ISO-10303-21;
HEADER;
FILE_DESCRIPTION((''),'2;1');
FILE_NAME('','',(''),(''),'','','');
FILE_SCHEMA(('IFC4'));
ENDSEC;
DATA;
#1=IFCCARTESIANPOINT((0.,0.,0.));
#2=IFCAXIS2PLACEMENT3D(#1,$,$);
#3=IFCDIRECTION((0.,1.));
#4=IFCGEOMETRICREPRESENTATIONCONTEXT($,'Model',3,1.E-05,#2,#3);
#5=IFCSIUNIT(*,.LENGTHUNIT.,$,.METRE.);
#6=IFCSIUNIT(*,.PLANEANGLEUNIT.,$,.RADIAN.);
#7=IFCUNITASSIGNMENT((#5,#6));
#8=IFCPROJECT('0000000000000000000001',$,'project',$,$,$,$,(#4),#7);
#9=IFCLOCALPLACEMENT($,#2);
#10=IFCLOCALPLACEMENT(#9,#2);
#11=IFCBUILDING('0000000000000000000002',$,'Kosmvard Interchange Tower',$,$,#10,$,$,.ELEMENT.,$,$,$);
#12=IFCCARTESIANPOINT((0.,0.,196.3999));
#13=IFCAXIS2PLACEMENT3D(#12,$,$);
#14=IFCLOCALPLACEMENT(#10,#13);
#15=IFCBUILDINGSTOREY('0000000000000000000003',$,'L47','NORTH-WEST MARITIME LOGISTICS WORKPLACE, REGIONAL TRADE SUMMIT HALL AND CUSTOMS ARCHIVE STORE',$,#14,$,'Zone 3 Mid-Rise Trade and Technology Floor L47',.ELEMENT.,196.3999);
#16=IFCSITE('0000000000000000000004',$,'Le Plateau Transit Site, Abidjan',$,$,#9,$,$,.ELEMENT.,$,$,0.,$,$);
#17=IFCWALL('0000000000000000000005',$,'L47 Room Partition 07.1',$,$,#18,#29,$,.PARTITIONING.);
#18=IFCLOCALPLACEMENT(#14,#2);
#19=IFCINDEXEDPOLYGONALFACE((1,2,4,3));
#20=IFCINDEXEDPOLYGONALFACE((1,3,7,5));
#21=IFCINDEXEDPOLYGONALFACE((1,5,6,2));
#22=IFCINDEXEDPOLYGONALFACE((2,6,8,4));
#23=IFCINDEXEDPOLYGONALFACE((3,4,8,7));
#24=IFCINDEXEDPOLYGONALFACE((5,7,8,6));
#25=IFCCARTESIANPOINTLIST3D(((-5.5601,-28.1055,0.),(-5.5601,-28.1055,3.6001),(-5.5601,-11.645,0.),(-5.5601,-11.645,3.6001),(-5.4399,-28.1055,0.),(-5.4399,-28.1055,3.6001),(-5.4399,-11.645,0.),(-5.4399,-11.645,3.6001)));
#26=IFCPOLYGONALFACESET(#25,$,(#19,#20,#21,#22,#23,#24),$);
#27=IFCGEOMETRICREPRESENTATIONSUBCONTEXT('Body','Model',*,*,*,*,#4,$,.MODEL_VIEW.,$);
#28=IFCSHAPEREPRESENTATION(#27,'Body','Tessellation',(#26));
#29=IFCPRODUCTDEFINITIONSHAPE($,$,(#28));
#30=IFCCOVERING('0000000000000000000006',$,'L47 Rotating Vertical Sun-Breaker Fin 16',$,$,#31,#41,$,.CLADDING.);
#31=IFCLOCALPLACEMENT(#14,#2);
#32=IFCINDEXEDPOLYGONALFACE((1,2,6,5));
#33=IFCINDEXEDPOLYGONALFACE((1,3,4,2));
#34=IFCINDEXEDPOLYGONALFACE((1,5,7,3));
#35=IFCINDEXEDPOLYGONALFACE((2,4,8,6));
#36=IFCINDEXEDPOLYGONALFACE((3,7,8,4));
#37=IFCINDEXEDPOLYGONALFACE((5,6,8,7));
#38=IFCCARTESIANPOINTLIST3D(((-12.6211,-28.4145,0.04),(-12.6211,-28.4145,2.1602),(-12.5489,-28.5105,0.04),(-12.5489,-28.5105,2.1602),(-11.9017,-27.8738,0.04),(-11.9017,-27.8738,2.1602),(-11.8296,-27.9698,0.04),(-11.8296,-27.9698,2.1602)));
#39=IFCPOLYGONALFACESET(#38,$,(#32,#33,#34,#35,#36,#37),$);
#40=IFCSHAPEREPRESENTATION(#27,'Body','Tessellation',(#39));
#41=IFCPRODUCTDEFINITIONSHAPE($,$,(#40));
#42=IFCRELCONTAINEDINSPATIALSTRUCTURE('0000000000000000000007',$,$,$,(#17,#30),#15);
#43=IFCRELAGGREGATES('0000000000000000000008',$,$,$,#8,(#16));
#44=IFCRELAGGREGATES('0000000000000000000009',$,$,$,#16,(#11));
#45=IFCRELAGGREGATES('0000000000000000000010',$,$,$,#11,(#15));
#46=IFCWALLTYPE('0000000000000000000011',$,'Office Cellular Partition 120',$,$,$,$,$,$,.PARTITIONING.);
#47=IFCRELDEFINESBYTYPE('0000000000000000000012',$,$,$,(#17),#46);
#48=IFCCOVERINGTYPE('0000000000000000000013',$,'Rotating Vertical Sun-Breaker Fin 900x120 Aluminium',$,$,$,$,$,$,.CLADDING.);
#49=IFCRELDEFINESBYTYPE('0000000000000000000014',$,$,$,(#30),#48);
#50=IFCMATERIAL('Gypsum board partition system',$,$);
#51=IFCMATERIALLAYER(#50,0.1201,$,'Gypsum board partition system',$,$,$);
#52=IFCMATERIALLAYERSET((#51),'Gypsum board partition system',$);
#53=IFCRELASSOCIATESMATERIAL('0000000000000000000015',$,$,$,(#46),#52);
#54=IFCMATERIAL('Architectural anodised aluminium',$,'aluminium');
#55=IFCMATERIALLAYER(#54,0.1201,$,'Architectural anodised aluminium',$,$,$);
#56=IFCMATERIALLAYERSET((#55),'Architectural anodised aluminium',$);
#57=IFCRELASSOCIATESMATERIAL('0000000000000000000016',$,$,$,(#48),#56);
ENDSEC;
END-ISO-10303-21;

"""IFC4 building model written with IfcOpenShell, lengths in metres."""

from ifc_helpers import new_model, si_unit, direction, frame, frame_2d, origin, origin_2d, place, context, subcontext, project, spatial, rectangle, extrude, source, transform, mapped, material, layer, layer_set, type_object, element, save


model = new_model("IFC4")

# Units and contexts
model_context = context("Model", 3, precision=1e-05, world=origin(), true_north=direction((0.0, 1.0)))
body_context = subcontext(model_context, "Body", "Model", "MODEL_VIEW")
ifc_project = project(units=[si_unit("LENGTHUNIT", "METRE"), si_unit("PLANEANGLEUNIT", "RADIAN")], contexts=[model_context])

# Site, building, storey
site_placement = place(None, origin())
site = spatial("IfcSite", under=ifc_project, at=site_placement, Name="Le Plateau Transit Site, Abidjan", CompositionType="ELEMENT", RefElevation=0.0)
building_placement = place(site_placement, origin())
building = spatial("IfcBuilding", under=site, at=building_placement, Name="Kosmvard Interchange Tower", CompositionType="ELEMENT")
storey_placement = place(building_placement, frame((0.0, 0.0, 196.3999)))
storey = spatial("IfcBuildingStorey", under=building, at=storey_placement, Name="L47", Description="NORTH-WEST MARITIME LOGISTICS WORKPLACE, REGIONAL TRADE SUMMIT HALL AND CUSTOMS ARCHIVE STORE", LongName="Zone 3 Mid-Rise Trade and Technology Floor L47", CompositionType="ELEMENT", Elevation=196.3999)

# Wall
ifc_material_1 = material(Name="Gypsum board partition system")
ifc_layer_1 = layer(ifc_material_1, 0.1201, Name="Gypsum board partition system")
ifc_layer_set_1 = layer_set([ifc_layer_1], Name="Gypsum board partition system")
wall_type_1 = type_object("IfcWallType", Name="Office Cellular Partition 120", PredefinedType="PARTITIONING", material=ifc_layer_set_1)
wall_1_placement = place(storey_placement, frame((-5.5, -28.1055, 0.0), z_axis=(0.0, 0.0, 1.0), x_axis=(0.0, 1.0, 0.0)))
element("IfcWall", 1, at=wall_1_placement, inside=storey, type_object=wall_type_1, Name="L47 Room Partition 07.1", PredefinedType="PARTITIONING", context=body_context, shape_type="SweptSolid", body=[
    extrude(rectangle(XDim=16.4604, YDim=0.1201, at=frame_2d((8.2302, 0.0))), origin(), (0.0, 0.0, 1.0), 3.6001),
])

# Covering
ifc_material_2 = material(Name="Architectural anodised aluminium", Category="aluminium")
ifc_layer_2 = layer(ifc_material_2, 0.1201, Name="Architectural anodised aluminium")
ifc_layer_set_2 = layer_set([ifc_layer_2], Name="Architectural anodised aluminium")
covering_type = type_object("IfcCoveringType", Name="Rotating Vertical Sun-Breaker Fin 900x120 Aluminium", PredefinedType="CLADDING", material=ifc_layer_set_2)
shared_shape_1 = source(origin(), body_context, "Body", "SweptSolid", [
    extrude(rectangle(XDim=0.8999, YDim=0.1201, at=origin_2d()), origin(), (0.0, 0.0, 1.0), 2.1201),
])
covering_placement = place(storey_placement, frame((-12.2253, -28.1921, 0.04), z_axis=(0.0, 0.0, 1.0), x_axis=(-0.79937, -0.600839, 0.0)))
element("IfcCovering", 2, at=covering_placement, inside=storey, type_object=covering_type, Name="L47 Rotating Vertical Sun-Breaker Fin 16", PredefinedType="CLADDING", context=body_context, shape_type="MappedRepresentation", body=[
    mapped(shared_shape_1, transform((0.0, 0.0, 0.0), scale=1.0)),
])

save(model, "model.ifc")
